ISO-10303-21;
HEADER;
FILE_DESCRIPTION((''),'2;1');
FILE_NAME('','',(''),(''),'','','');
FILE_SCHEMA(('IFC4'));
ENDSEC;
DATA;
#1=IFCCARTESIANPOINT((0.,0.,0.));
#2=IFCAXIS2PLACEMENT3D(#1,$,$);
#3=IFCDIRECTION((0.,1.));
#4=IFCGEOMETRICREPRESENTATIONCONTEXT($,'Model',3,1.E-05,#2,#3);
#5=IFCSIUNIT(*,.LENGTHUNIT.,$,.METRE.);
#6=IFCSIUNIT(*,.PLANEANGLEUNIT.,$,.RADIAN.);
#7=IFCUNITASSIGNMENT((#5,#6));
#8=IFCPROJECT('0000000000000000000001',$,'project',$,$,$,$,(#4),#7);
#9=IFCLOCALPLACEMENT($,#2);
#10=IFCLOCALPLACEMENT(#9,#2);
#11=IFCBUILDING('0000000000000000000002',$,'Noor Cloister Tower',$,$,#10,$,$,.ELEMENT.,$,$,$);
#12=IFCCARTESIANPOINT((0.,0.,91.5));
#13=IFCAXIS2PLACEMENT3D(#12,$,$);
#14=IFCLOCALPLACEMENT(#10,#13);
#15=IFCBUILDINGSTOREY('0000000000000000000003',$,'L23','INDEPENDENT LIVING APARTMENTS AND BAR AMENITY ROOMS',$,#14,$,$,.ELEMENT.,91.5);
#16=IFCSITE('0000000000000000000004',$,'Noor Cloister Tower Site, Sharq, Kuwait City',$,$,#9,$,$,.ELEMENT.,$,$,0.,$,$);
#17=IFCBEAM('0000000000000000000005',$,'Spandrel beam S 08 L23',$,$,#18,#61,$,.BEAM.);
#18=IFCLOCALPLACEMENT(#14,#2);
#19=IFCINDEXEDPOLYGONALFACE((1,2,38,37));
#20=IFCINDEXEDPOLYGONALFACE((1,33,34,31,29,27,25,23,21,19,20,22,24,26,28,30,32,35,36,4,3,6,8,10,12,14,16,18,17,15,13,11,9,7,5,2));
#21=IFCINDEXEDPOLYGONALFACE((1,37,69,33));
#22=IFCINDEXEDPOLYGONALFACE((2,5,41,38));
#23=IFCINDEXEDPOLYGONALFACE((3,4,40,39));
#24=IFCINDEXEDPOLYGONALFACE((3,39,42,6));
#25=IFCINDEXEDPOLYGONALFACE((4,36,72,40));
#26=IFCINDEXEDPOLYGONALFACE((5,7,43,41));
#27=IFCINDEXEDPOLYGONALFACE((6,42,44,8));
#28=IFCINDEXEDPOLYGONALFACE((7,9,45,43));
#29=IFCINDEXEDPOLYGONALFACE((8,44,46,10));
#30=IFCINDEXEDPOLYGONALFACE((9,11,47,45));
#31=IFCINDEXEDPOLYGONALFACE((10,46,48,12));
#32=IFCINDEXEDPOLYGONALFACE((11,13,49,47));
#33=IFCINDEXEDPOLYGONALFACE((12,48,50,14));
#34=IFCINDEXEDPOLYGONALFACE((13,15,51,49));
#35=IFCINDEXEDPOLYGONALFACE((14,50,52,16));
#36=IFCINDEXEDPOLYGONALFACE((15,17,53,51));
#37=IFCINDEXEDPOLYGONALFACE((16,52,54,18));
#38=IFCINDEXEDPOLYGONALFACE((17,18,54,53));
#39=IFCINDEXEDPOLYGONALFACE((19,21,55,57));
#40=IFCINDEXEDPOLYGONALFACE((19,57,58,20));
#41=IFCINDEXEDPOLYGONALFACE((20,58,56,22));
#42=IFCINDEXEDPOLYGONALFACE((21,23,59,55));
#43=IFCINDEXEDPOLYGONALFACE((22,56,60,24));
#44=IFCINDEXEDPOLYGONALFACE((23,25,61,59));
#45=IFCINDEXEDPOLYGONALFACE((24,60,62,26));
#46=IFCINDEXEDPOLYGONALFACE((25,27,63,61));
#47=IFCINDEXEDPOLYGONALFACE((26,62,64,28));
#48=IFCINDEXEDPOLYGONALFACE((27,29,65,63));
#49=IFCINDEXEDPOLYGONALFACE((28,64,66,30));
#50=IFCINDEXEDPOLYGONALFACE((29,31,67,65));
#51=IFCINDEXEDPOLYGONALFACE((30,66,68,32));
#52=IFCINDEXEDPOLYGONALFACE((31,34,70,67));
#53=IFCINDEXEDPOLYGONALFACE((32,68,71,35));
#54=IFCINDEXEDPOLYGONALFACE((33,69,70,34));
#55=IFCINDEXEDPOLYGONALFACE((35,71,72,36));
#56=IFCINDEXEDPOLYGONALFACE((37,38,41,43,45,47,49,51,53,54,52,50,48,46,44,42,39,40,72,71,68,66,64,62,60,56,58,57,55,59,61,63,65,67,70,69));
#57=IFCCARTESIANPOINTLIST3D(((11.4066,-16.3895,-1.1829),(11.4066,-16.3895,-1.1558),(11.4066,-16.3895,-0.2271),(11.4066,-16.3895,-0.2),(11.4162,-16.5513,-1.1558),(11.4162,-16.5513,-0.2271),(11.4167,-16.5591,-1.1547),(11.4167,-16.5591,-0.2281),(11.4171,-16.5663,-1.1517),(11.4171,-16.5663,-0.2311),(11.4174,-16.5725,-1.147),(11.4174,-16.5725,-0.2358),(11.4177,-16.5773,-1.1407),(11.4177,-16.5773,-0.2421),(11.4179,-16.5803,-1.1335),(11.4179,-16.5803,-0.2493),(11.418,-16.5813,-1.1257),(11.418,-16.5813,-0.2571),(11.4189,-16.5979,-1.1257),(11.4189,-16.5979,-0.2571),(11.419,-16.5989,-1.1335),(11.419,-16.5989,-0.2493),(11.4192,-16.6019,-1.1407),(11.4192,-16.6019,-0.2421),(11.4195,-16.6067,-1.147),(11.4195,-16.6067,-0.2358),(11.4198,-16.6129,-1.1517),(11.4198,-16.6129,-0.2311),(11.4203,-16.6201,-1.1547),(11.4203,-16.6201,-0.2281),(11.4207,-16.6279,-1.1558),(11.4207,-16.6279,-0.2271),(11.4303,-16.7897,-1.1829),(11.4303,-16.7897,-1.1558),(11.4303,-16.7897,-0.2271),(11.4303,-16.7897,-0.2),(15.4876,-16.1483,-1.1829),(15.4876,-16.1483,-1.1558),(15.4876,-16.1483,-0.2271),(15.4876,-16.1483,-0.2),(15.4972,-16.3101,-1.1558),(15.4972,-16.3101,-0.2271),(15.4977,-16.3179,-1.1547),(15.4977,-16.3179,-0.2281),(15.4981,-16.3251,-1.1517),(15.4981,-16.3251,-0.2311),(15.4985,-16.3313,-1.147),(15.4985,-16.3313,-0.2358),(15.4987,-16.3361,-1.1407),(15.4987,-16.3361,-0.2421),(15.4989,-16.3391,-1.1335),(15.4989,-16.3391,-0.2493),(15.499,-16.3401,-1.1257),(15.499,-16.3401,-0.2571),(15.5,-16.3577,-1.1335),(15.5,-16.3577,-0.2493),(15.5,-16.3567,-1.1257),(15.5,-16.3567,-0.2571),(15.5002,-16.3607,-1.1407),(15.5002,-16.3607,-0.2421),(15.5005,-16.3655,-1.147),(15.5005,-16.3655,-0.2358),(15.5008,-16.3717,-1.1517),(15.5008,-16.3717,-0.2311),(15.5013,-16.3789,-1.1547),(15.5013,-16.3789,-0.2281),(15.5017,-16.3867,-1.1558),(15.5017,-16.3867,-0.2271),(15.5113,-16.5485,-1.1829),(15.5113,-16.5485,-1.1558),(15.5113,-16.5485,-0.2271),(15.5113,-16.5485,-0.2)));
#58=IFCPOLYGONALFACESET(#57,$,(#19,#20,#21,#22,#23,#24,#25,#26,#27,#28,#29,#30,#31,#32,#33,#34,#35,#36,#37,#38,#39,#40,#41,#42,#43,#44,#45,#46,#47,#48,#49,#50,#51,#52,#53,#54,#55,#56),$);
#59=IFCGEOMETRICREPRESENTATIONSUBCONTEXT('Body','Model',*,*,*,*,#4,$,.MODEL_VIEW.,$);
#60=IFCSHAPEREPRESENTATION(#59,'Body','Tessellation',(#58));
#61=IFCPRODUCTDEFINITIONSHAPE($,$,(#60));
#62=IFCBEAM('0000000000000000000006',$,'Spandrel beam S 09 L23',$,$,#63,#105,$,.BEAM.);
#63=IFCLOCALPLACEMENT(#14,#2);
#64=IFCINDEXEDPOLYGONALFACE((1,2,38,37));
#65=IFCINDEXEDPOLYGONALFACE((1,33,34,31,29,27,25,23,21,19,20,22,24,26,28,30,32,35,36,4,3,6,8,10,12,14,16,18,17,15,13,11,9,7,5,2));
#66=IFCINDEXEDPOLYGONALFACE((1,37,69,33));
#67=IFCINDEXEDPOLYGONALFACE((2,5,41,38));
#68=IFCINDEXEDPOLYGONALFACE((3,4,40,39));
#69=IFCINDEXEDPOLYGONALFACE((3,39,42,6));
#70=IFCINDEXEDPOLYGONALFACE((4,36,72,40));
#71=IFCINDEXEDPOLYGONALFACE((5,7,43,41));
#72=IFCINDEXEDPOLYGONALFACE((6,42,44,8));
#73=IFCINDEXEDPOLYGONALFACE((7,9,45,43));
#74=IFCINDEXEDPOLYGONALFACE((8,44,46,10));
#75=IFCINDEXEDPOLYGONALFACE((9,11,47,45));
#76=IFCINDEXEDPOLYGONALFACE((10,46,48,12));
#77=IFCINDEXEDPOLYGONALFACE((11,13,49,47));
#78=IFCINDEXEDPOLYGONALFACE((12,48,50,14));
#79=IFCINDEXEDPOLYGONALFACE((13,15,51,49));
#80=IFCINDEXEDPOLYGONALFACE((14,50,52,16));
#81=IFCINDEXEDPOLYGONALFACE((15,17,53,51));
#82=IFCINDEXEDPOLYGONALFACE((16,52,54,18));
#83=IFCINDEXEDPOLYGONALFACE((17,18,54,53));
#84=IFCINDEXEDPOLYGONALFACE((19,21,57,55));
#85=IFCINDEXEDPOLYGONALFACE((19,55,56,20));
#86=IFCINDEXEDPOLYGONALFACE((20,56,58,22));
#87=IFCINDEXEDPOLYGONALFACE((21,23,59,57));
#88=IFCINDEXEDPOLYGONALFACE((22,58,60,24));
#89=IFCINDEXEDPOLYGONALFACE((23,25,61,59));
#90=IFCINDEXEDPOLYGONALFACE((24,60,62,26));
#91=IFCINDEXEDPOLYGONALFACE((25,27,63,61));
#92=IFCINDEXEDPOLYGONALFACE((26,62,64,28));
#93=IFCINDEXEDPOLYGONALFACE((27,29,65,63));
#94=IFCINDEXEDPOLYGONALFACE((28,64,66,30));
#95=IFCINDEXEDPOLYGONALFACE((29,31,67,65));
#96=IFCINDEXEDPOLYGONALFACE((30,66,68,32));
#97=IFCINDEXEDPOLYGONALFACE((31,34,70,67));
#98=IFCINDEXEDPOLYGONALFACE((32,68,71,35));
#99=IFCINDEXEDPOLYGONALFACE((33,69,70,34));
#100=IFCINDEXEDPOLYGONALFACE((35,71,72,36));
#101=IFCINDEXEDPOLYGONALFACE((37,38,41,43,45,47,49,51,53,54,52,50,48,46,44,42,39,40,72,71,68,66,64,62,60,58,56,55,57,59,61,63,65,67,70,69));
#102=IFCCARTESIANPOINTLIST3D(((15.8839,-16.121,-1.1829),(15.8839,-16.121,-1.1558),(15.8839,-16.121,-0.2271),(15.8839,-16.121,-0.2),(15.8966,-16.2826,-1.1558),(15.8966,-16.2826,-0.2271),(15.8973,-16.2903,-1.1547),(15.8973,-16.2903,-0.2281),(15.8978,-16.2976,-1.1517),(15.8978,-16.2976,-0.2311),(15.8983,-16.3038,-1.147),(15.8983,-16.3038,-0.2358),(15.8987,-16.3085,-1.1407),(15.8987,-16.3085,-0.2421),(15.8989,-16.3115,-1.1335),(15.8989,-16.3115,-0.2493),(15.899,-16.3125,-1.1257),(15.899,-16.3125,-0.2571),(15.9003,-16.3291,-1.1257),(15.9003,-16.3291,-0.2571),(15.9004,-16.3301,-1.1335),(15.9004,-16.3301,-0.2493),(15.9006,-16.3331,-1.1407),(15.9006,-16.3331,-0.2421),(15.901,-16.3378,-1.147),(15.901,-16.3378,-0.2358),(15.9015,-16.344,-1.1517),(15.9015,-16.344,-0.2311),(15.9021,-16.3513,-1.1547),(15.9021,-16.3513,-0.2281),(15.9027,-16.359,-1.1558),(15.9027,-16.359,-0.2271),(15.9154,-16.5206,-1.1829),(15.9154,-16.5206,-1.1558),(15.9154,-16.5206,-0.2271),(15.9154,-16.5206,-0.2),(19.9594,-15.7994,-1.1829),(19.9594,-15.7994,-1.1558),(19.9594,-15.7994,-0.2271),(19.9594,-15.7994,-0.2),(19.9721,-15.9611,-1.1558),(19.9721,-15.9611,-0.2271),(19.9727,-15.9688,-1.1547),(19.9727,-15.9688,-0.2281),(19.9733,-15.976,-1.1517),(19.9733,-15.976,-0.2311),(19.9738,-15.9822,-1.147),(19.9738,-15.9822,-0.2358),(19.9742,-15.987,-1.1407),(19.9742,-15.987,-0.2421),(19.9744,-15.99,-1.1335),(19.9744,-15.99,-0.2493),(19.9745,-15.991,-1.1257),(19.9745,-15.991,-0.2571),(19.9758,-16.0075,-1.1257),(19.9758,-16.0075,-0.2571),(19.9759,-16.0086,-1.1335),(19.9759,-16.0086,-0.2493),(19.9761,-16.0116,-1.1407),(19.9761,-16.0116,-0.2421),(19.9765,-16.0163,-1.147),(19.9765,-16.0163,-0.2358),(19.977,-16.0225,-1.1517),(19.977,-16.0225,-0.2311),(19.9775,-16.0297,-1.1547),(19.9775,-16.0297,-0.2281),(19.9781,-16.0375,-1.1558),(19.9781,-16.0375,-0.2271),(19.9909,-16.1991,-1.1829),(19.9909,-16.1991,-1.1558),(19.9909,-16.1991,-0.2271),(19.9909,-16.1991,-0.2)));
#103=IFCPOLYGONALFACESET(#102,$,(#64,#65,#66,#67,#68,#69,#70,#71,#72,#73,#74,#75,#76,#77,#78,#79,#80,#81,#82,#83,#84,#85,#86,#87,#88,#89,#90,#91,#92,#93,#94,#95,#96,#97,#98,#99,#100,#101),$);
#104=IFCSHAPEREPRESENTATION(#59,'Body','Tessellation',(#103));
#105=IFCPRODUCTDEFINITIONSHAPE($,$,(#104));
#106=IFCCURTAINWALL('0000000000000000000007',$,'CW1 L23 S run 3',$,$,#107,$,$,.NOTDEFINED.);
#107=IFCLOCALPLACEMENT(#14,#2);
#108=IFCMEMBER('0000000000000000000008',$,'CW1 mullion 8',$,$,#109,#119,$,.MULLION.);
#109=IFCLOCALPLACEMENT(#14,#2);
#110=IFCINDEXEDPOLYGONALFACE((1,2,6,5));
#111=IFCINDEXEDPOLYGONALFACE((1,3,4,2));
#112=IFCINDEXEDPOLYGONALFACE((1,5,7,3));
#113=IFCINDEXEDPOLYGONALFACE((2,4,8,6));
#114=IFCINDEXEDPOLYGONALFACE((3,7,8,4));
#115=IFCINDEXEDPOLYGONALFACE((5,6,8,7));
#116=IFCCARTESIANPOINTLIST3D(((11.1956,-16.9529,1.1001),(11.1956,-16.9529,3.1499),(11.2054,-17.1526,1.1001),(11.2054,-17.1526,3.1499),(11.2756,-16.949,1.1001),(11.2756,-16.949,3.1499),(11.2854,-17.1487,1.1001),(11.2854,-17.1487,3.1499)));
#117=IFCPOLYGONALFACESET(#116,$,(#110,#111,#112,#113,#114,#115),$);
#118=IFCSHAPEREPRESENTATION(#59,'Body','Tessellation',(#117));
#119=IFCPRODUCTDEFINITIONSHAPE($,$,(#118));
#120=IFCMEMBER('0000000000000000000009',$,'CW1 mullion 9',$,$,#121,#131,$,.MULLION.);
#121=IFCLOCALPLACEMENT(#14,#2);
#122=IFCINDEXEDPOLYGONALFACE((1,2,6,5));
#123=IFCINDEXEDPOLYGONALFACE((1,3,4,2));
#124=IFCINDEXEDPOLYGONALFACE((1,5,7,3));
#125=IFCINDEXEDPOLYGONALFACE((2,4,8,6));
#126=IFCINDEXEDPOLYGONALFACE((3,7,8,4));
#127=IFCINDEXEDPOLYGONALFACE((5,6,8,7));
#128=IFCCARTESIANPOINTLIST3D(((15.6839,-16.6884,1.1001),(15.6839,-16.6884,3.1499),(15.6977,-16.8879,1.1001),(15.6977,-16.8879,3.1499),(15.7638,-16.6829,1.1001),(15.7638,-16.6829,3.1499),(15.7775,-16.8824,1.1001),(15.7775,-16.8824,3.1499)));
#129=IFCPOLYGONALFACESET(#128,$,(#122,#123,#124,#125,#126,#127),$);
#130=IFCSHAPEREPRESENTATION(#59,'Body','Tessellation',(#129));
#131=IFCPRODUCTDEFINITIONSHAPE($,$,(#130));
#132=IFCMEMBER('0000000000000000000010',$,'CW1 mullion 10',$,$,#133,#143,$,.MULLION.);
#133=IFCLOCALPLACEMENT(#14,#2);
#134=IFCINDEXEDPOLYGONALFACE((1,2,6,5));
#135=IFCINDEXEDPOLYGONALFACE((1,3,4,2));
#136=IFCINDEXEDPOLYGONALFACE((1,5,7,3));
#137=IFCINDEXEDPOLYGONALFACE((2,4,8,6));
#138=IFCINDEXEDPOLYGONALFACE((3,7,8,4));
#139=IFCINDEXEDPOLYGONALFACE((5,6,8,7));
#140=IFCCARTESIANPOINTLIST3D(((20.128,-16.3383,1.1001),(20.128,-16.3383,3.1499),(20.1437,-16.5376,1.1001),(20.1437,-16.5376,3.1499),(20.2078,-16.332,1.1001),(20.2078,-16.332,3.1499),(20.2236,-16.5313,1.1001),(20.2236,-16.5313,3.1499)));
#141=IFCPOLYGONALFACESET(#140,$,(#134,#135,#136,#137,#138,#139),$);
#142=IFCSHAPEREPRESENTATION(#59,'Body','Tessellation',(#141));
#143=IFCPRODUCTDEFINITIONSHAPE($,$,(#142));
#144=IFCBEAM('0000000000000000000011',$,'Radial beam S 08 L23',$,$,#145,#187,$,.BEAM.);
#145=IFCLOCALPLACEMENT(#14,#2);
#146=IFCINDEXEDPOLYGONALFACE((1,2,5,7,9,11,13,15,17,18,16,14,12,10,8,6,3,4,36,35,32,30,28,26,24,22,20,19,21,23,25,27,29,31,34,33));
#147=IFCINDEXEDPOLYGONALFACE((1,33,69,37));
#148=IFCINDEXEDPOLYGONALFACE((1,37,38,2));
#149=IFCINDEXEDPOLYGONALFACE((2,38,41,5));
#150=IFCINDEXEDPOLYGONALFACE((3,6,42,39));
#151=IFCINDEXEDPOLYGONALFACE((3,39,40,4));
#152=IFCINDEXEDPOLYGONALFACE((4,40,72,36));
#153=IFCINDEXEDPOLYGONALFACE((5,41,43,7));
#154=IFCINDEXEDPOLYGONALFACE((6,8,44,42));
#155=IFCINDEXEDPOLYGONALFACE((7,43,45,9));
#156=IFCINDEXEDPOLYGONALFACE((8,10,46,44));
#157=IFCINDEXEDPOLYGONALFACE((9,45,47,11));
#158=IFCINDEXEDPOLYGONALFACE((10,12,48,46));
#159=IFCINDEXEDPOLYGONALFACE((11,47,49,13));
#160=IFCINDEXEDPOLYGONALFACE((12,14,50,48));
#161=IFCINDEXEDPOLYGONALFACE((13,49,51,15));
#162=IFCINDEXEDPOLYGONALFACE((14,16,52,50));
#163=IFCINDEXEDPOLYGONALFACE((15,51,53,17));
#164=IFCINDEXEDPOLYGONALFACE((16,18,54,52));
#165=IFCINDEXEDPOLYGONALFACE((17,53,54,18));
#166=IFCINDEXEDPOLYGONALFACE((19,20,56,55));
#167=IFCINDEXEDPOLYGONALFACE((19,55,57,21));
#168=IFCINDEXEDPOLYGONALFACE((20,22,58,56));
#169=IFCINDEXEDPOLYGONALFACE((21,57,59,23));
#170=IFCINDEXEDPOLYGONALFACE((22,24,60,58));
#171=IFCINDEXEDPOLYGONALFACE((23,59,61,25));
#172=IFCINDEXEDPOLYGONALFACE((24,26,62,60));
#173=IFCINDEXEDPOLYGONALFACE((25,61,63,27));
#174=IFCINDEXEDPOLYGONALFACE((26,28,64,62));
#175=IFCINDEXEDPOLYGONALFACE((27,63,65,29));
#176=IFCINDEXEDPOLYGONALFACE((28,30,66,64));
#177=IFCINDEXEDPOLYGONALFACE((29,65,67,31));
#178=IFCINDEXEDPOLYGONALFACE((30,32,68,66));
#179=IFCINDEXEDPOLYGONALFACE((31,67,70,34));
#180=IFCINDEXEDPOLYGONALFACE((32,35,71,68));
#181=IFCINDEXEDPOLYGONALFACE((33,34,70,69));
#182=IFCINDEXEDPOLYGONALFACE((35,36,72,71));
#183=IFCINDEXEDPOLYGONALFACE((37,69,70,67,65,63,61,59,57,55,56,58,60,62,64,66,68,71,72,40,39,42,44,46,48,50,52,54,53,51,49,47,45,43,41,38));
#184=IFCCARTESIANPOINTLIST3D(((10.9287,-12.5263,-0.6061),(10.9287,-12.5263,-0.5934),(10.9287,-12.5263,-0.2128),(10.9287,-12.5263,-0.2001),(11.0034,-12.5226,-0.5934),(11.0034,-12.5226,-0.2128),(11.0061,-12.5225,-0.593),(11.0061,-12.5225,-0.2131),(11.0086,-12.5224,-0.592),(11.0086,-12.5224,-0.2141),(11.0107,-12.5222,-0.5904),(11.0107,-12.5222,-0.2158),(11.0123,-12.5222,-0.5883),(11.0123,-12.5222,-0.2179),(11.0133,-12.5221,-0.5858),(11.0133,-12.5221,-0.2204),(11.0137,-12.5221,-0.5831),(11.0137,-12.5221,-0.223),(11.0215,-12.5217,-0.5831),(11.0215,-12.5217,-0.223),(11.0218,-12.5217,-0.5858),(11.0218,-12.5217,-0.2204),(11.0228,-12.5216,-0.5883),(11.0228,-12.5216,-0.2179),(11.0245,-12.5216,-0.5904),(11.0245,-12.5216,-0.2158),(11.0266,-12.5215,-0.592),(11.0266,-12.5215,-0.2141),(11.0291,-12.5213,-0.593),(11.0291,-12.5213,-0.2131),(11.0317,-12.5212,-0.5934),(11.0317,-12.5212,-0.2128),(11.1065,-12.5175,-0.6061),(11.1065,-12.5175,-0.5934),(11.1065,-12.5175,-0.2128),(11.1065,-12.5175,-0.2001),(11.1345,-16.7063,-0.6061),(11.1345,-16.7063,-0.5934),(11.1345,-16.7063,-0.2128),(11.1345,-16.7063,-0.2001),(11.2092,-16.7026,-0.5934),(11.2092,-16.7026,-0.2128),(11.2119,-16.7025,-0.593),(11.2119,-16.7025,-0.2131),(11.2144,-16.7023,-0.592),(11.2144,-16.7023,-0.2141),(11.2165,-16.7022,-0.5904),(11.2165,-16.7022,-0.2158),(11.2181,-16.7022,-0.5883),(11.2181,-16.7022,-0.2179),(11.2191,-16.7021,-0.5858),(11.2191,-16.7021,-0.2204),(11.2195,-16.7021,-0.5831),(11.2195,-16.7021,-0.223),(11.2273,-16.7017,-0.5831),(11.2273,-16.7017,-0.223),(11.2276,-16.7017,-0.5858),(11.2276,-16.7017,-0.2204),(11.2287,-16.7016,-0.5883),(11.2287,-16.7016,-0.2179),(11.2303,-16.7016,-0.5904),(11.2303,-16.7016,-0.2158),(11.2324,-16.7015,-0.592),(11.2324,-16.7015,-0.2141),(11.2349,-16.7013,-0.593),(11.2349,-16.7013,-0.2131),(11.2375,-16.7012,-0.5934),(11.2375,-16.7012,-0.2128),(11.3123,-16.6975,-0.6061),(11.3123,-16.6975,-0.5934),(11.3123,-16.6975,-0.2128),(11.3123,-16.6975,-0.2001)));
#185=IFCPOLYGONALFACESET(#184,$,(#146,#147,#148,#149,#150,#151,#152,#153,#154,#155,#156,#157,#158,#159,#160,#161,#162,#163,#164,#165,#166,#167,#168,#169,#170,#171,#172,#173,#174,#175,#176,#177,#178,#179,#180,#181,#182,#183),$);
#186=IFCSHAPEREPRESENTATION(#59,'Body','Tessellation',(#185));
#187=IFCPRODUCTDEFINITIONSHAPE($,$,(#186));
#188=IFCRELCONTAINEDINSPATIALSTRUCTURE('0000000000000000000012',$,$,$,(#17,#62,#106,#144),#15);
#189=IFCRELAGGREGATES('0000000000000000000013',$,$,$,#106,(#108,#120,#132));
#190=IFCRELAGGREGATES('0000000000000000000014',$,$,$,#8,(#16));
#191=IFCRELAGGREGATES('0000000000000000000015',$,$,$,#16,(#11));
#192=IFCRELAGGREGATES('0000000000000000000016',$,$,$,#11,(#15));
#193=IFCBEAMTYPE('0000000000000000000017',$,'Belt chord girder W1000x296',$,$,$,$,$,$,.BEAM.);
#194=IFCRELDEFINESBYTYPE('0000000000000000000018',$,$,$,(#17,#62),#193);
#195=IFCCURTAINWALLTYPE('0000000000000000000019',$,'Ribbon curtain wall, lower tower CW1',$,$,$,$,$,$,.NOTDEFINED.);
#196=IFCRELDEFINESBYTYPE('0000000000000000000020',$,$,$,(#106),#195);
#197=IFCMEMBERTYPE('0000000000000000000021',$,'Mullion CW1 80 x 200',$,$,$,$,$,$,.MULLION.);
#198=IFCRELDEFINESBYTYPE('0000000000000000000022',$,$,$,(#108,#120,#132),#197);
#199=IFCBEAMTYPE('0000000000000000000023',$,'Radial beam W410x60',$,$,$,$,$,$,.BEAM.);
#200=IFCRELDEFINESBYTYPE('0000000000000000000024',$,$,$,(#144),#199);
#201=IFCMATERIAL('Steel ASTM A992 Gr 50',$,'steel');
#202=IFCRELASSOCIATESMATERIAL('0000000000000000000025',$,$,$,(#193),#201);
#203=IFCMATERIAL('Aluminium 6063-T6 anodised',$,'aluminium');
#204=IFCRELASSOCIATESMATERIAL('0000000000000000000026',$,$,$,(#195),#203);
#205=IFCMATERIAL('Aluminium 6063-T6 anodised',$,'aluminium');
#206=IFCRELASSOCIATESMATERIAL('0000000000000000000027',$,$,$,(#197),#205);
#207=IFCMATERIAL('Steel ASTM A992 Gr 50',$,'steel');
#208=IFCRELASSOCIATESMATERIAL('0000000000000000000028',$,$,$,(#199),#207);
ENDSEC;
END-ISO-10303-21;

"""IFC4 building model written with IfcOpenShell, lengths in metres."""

from ifc_helpers import new_model, si_unit, direction, frame, origin, origin_2d, place, context, subcontext, project, spatial, rectangle, i_section, extrude, material, material_profile, profile_set, type_object, element, aggregate, save


model = new_model("IFC4")

# Units and contexts
model_context = context("Model", 3, precision=1e-05, world=origin(), true_north=direction((0.0, 1.0)))
body_context = subcontext(model_context, "Body", "Model", "MODEL_VIEW")
ifc_project = project(units=[si_unit("LENGTHUNIT", "METRE"), si_unit("PLANEANGLEUNIT", "RADIAN")], contexts=[model_context])

# Site, building, storey
site_placement = place(None, origin())
site = spatial("IfcSite", under=ifc_project, at=site_placement, Name="Noor Cloister Tower Site, Sharq, Kuwait City", CompositionType="ELEMENT", RefElevation=0.0)
building_placement = place(site_placement, origin())
building = spatial("IfcBuilding", under=site, at=building_placement, Name="Noor Cloister Tower", CompositionType="ELEMENT")
storey_placement = place(building_placement, frame((0.0, 0.0, 91.5)))
storey = spatial("IfcBuildingStorey", under=building, at=storey_placement, Name="L23", Description="INDEPENDENT LIVING APARTMENTS AND BAR AMENITY ROOMS", CompositionType="ELEMENT", Elevation=91.5)

# Beams
ifc_material_1 = material(Name="Steel ASTM A992 Gr 50", Category="steel")
ifc_material_profile_1 = material_profile(ifc_material_1, i_section(OverallWidth=0.4009, OverallDepth=0.9829, WebThickness=0.0166, FlangeThickness=0.0271, FilletRadius=0.03, at=origin_2d()), Name="W1000x296")
ifc_profile_set_1 = profile_set([ifc_material_profile_1], Name="Steel ASTM A992 Gr 50")
beam_type_1 = type_object("IfcBeamType", Name="Belt chord girder W1000x296", PredefinedType="BEAM", material=ifc_profile_set_1)
for number, where, z_axis, x_axis, name in (
    (1, (11.4185, -16.5896, -0.6914), (0.998258, 0.059002, 0.0), (-0.059002, 0.998258, 0.0), "Spandrel beam S 08 L23"),
    (2, (15.8997, -16.3208, -0.6914), (0.996902, 0.078651, 0.0), (-0.078651, 0.996902, 0.0), "Spandrel beam S 09 L23"),
):
    element("IfcBeam", number, at=place(storey_placement, frame(where, z_axis=z_axis, x_axis=x_axis)), inside=storey, type_object=beam_type_1, Name=name, PredefinedType="BEAM", context=body_context, shape_type="SweptSolid", body=[
        extrude(i_section(OverallWidth=0.4009, OverallDepth=0.9829, WebThickness=0.0166, FlangeThickness=0.0271, FilletRadius=0.03, at=origin_2d()), origin(), (0.0, 0.0, 1.0), 4.0881),
    ])

# Curtain wall, members
ifc_material_2 = material(Name="Aluminium 6063-T6 anodised", Category="aluminium")
curtain_wall_type = type_object("IfcCurtainWallType", Name="Ribbon curtain wall, lower tower CW1", PredefinedType="NOTDEFINED", material=ifc_material_2)
curtain_wall_placement = place(storey_placement, origin())
curtain_wall = element("IfcCurtainWall", 3, at=curtain_wall_placement, inside=storey, type_object=curtain_wall_type, Name="CW1 L23 S run 3", PredefinedType="NOTDEFINED")
ifc_material_3 = material(Name="Aluminium 6063-T6 anodised", Category="aluminium")
ifc_material_profile_2 = material_profile(ifc_material_3, rectangle(XDim=0.2, YDim=0.0801, at=origin_2d()), Name="200 x 80 mullion")
ifc_profile_set_2 = profile_set([ifc_material_profile_2], Name="Aluminium 6063-T6 anodised")
member_type = type_object("IfcMemberType", Name="Mullion CW1 80 x 200", PredefinedType="MULLION", material=ifc_profile_set_2)
member_1_placement = place(storey_placement, frame((11.2405, -17.0508, 1.1001), z_axis=(0.0, 0.0, 1.0), x_axis=(-0.049188, 0.99879, 0.0)))
member_1 = element("IfcMember", 4, at=member_1_placement, type_object=member_type, Name="CW1 mullion 8", PredefinedType="MULLION", context=body_context, shape_type="SweptSolid", body=[
    extrude(rectangle(XDim=0.2, YDim=0.0801, at=origin_2d()), origin(), (0.0, 0.0, 1.0), 2.0498),
])
member_2_placement = place(storey_placement, frame((15.7307, -16.7854, 1.1001), z_axis=(0.0, 0.0, 1.0), x_axis=(-0.068837, 0.997628, 0.0)))
member_2 = element("IfcMember", 5, at=member_2_placement, type_object=member_type, Name="CW1 mullion 9", PredefinedType="MULLION", context=body_context, shape_type="SweptSolid", body=[
    extrude(rectangle(XDim=0.2, YDim=0.0801, at=origin_2d()), origin(), (0.0, 0.0, 1.0), 2.0498),
])
member_3_placement = place(storey_placement, frame((20.1758, -16.4348, 1.1001), z_axis=(0.0, 0.0, 1.0), x_axis=(-0.078652, 0.996902, 0.0)))
member_3 = element("IfcMember", 6, at=member_3_placement, type_object=member_type, Name="CW1 mullion 10", PredefinedType="MULLION", context=body_context, shape_type="SweptSolid", body=[
    extrude(rectangle(XDim=0.2, YDim=0.0801, at=origin_2d()), origin(), (0.0, 0.0, 1.0), 2.0498),
])

# Beam
ifc_material_4 = material(Name="Steel ASTM A992 Gr 50", Category="steel")
ifc_material_profile_3 = material_profile(ifc_material_4, i_section(OverallWidth=0.178, OverallDepth=0.406, WebThickness=0.0078, FlangeThickness=0.0127, FilletRadius=0.0103, at=origin_2d()), Name="W410x60")
ifc_profile_set_3 = profile_set([ifc_material_profile_3], Name="Steel ASTM A992 Gr 50")
beam_type_2 = type_object("IfcBeamType", Name="Radial beam W410x60", PredefinedType="BEAM", material=ifc_profile_set_3)
beam_1_placement = place(storey_placement, frame((11.2234, -16.7019, -0.4031), z_axis=(-0.049178, 0.99879, 0.0), x_axis=(-0.99879, -0.049178, 0.0)))
element("IfcBeam", 7, at=beam_1_placement, inside=storey, type_object=beam_type_2, Name="Radial beam S 08 L23", PredefinedType="BEAM", context=body_context, shape_type="SweptSolid", body=[
    extrude(i_section(OverallWidth=0.178, OverallDepth=0.406, WebThickness=0.0078, FlangeThickness=0.0127, FilletRadius=0.0103, at=origin_2d()), origin(), (0.0, 0.0, 1.0), 4.1851),
])

aggregate(curtain_wall, [member_1, member_2, member_3])

save(model, "model.ifc")
